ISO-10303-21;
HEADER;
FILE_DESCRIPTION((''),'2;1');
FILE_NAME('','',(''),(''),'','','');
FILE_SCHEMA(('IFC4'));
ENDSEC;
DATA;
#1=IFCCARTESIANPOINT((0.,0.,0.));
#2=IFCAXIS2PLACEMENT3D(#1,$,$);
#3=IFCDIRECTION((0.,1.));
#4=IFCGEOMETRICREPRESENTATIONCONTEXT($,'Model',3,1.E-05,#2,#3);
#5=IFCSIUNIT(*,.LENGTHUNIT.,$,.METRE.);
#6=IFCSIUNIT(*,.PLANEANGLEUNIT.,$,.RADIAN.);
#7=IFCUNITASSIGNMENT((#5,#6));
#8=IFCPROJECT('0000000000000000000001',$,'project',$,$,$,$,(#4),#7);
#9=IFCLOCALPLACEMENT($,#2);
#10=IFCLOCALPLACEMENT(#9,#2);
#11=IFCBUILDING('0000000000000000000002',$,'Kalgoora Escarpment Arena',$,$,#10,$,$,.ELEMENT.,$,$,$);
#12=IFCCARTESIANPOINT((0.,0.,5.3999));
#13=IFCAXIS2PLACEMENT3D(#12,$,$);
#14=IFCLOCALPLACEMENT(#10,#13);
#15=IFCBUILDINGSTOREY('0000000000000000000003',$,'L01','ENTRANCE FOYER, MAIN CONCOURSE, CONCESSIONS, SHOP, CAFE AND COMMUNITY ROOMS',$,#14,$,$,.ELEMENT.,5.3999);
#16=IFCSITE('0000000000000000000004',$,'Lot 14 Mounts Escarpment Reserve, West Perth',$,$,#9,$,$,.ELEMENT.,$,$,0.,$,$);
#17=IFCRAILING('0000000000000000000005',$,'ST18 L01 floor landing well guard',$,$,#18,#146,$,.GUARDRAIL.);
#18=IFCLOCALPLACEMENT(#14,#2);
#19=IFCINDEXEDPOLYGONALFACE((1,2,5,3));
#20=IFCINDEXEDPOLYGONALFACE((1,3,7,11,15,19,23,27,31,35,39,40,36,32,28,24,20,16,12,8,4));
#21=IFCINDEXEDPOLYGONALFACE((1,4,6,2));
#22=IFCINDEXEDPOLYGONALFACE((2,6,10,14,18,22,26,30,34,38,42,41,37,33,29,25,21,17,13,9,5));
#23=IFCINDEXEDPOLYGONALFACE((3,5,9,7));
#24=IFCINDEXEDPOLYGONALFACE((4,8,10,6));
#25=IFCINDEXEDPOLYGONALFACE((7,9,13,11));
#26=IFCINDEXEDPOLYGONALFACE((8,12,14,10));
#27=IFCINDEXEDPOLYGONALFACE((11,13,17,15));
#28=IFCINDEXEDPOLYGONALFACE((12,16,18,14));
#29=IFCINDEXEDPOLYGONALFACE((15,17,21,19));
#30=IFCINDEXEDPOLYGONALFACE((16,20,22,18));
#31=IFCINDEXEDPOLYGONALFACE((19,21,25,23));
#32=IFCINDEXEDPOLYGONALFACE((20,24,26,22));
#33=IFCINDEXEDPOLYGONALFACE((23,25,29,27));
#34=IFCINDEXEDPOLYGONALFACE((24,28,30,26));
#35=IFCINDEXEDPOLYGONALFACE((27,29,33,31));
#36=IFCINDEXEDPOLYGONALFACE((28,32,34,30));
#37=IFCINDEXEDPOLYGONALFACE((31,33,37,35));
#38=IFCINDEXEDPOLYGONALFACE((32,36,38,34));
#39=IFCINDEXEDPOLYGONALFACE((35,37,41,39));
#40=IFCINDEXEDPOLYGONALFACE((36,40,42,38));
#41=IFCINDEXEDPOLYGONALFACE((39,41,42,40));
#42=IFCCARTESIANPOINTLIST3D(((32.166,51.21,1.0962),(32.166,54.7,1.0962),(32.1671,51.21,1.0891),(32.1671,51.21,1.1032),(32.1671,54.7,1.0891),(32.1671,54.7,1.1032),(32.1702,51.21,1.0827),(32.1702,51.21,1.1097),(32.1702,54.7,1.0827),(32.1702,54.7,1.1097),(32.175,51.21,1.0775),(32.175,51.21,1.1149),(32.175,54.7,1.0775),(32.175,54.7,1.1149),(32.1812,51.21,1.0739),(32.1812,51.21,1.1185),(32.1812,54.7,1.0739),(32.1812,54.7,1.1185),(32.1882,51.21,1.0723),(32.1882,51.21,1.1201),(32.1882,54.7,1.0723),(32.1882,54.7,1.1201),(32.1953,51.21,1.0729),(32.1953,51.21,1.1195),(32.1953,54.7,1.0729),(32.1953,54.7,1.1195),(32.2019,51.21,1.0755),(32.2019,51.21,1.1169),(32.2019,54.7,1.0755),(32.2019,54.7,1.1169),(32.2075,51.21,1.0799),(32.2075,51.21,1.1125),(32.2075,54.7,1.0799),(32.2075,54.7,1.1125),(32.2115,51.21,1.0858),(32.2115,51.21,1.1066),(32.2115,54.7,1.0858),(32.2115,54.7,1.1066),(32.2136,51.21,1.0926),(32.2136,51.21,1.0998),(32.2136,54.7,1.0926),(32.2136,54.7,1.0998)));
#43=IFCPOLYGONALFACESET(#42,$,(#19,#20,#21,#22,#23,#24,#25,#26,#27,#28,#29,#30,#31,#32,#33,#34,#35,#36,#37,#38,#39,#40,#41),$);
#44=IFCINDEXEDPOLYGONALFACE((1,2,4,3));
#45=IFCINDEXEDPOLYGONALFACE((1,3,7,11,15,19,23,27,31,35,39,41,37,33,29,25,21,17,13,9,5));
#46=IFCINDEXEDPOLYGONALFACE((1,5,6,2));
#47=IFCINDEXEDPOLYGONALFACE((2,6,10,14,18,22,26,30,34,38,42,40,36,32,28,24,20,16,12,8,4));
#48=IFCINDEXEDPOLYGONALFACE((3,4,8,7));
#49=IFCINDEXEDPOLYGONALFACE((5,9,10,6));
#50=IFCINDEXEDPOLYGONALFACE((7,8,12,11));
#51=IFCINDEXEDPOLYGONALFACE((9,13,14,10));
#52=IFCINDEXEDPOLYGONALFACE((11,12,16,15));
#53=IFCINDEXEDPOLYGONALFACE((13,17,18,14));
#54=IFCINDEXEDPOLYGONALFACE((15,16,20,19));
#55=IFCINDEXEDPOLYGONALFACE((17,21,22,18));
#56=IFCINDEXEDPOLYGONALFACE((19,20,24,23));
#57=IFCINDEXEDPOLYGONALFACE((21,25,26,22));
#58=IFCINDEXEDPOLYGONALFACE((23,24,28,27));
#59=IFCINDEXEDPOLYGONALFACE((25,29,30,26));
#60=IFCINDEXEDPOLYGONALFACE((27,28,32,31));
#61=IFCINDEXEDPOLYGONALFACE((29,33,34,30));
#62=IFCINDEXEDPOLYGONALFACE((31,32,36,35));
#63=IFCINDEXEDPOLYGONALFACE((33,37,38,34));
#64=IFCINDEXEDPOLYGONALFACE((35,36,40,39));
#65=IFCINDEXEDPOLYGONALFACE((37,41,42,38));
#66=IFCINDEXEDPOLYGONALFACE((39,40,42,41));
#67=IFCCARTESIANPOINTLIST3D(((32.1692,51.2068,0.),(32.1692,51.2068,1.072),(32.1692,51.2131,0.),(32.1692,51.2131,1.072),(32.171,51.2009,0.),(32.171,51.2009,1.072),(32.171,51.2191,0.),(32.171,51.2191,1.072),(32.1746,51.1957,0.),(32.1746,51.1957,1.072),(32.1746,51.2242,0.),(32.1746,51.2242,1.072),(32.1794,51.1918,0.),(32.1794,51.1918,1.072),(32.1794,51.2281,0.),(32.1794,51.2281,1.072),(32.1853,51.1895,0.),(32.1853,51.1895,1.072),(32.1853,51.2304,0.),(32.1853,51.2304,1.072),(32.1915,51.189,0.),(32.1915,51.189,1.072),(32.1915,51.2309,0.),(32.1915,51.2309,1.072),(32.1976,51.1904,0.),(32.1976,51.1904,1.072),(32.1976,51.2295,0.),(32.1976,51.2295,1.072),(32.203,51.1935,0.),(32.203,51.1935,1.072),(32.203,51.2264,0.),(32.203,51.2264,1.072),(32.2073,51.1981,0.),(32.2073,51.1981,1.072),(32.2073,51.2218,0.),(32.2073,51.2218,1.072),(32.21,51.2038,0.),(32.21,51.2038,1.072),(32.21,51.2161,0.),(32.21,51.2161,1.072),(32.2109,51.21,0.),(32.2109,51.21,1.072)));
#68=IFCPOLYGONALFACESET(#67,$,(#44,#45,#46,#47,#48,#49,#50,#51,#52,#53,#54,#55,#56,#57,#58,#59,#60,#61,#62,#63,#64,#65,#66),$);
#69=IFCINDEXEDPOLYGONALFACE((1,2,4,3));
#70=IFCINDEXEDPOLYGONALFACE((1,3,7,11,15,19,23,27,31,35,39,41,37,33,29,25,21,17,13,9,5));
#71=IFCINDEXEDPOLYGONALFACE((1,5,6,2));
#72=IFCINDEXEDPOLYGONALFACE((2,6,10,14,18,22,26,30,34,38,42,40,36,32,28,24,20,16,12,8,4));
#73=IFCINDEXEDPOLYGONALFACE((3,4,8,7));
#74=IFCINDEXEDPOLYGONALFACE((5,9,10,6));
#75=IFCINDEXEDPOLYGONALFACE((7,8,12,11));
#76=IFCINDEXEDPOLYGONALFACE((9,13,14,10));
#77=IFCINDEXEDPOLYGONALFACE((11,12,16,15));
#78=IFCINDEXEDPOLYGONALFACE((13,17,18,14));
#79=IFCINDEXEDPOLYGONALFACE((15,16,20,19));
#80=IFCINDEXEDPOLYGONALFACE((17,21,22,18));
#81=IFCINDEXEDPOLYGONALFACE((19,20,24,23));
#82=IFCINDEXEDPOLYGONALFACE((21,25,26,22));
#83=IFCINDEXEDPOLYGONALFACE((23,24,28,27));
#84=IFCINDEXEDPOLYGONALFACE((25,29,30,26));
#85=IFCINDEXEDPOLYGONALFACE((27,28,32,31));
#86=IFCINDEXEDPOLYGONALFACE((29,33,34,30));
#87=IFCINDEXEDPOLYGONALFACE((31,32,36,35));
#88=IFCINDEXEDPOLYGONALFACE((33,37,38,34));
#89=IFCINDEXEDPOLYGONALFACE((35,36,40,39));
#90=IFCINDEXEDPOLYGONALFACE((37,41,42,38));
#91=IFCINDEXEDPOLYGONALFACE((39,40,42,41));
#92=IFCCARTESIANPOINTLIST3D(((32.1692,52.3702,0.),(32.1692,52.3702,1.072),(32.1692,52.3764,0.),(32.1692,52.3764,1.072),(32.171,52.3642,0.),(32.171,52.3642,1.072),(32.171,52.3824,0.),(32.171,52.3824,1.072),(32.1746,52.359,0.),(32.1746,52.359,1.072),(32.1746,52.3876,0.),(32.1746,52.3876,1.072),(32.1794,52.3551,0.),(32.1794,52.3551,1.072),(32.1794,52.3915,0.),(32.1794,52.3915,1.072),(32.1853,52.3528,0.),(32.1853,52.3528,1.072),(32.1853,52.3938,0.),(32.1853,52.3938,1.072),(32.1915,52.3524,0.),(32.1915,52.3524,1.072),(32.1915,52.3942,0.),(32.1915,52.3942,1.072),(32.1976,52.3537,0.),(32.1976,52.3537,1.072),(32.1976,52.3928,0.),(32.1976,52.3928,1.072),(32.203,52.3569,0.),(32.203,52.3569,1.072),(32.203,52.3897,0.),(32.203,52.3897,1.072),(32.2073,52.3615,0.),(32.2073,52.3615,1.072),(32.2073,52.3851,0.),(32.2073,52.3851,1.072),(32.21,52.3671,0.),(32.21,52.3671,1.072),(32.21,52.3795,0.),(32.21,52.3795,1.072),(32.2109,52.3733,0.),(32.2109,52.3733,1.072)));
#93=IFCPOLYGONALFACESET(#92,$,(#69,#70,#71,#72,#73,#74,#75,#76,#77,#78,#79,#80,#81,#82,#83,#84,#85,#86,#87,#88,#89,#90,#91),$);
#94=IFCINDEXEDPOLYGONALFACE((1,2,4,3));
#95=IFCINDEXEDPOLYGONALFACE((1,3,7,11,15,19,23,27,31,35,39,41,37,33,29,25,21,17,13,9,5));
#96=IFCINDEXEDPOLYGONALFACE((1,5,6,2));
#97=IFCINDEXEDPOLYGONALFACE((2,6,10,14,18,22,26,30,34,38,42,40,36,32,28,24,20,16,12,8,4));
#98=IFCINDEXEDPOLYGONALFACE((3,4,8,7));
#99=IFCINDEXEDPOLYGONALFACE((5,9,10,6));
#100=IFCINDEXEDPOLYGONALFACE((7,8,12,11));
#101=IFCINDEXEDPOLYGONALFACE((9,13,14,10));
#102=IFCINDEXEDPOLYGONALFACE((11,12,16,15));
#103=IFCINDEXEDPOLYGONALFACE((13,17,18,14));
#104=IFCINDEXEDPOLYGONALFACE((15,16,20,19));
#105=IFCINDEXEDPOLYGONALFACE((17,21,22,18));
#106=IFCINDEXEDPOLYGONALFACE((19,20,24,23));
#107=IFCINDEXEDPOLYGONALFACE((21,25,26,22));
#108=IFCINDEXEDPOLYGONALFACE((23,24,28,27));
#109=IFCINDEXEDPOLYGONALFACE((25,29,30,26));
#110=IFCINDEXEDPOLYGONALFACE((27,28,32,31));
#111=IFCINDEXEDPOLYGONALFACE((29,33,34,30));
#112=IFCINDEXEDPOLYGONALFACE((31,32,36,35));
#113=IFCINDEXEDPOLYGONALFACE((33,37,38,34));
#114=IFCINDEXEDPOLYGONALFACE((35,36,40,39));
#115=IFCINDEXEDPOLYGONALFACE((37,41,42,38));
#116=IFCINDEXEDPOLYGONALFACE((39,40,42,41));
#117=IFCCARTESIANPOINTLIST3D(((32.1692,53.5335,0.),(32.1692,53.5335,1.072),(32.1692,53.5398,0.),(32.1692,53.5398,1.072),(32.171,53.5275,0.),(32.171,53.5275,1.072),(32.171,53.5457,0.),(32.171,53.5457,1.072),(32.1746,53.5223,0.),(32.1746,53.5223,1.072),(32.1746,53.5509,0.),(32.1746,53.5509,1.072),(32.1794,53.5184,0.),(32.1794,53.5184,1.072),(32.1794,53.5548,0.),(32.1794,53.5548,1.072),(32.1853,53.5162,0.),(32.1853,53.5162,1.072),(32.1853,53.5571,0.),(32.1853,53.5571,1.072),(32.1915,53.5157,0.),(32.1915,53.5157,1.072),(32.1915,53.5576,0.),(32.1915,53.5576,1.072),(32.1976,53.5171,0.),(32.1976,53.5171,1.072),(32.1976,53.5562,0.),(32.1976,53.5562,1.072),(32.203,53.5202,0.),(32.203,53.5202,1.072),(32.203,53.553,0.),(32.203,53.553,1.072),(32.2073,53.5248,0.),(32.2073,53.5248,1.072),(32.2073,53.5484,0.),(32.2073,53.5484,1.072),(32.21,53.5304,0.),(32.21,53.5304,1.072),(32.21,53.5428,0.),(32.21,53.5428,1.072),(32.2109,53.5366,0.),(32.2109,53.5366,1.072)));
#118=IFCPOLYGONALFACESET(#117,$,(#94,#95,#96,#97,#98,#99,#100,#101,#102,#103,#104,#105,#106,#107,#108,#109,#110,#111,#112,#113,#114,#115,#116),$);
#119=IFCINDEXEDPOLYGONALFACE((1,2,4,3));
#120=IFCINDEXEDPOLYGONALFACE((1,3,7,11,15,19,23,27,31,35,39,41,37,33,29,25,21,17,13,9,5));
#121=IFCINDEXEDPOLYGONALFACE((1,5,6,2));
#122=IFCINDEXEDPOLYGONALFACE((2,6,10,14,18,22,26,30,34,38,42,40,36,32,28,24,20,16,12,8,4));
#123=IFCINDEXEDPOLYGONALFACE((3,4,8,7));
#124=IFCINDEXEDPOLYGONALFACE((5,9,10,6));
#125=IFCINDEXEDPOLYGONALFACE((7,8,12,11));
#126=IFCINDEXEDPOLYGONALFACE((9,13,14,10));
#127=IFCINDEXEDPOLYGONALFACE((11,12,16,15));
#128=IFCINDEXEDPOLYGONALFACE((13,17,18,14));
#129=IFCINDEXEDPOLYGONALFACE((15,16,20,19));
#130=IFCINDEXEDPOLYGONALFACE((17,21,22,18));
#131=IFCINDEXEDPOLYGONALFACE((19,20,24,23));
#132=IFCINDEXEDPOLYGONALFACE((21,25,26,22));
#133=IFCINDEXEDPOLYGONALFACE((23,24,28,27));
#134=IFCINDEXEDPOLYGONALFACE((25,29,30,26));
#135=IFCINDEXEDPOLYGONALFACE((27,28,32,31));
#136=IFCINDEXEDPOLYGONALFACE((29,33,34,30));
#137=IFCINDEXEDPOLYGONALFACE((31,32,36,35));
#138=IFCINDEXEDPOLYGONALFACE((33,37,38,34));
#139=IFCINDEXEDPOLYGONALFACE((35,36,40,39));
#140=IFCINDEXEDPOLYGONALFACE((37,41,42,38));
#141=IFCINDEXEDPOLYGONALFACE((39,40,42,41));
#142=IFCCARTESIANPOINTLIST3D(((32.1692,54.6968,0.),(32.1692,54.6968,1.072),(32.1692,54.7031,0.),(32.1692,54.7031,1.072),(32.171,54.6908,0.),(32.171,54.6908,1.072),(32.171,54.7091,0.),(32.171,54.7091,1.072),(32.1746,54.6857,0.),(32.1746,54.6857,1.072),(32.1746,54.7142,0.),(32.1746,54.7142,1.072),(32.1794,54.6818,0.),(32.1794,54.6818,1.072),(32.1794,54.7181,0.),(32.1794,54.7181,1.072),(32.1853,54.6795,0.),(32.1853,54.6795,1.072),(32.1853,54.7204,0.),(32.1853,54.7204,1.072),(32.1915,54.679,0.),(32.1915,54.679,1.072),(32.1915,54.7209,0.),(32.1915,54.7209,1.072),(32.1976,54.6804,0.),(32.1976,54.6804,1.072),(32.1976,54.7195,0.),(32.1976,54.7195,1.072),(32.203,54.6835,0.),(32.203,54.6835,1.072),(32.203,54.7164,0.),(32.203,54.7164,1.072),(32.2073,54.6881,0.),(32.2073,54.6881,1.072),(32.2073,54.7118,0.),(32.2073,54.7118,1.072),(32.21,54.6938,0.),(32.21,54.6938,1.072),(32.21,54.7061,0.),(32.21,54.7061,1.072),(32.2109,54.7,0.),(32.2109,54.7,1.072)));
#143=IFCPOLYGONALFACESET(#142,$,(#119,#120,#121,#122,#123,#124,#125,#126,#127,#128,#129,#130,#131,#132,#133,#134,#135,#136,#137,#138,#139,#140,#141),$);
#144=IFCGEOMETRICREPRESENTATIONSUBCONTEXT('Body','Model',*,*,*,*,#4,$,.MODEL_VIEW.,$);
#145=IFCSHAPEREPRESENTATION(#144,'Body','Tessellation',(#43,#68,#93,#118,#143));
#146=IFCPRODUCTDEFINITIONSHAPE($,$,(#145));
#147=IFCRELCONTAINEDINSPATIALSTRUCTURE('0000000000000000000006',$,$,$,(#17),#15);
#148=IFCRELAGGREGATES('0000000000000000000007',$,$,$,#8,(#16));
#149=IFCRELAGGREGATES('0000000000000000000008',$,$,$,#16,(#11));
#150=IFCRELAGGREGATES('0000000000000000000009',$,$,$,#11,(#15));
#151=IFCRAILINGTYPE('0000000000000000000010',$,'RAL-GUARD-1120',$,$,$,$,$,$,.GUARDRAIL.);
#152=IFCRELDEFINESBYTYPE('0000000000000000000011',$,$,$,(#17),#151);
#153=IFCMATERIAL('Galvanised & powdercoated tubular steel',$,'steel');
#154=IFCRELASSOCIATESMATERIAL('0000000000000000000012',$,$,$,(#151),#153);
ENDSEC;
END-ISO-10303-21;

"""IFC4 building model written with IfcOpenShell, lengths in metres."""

from ifc_helpers import new_model, si_unit, direction, frame, origin, origin_2d, place, context, subcontext, project, spatial, circle, extrude, material, type_object, element, save


model = new_model("IFC4")

# Units and contexts
model_context = context("Model", 3, precision=1e-05, world=origin(), true_north=direction((0.0, 1.0)))
body_context = subcontext(model_context, "Body", "Model", "MODEL_VIEW")
ifc_project = project(units=[si_unit("LENGTHUNIT", "METRE"), si_unit("PLANEANGLEUNIT", "RADIAN")], contexts=[model_context])

# Site, building, storey
site_placement = place(None, origin())
site = spatial("IfcSite", under=ifc_project, at=site_placement, Name="Lot 14 Mounts Escarpment Reserve, West Perth", CompositionType="ELEMENT", RefElevation=0.0)
building_placement = place(site_placement, origin())
building = spatial("IfcBuilding", under=site, at=building_placement, Name="Kalgoora Escarpment Arena", CompositionType="ELEMENT")
storey_placement = place(building_placement, frame((0.0, 0.0, 5.3999)))
storey = spatial("IfcBuildingStorey", under=building, at=storey_placement, Name="L01", Description="ENTRANCE FOYER, MAIN CONCOURSE, CONCESSIONS, SHOP, CAFE AND COMMUNITY ROOMS", CompositionType="ELEMENT", Elevation=5.3999)

# Railing
ifc_material_1 = material(Name="Galvanised & powdercoated tubular steel", Category="steel")
railing_type_1 = type_object("IfcRailingType", Name="RAL-GUARD-1120", PredefinedType="GUARDRAIL", material=ifc_material_1)
railing_1_placement = place(storey_placement, frame((32.1899, 51.21, 0.0)))
element("IfcRailing", 1, at=railing_1_placement, inside=storey, type_object=railing_type_1, Name="ST18 L01 floor landing well guard", PredefinedType="GUARDRAIL", context=body_context, shape_type="SweptSolid", body=[
    extrude(circle(Radius=0.0239, at=origin_2d()), frame((0.0, 0.0, 1.0962), z_axis=(0.0, 1.0, 0.0), x_axis=(-1.0, 0.0, 0.0)), (0.0, 0.0, 1.0), 3.49),
    extrude(circle(Radius=0.021, at=origin_2d()), origin(), (0.0, 0.0, 1.0), 1.072),
    extrude(circle(Radius=0.021, at=origin_2d()), frame((0.0, 1.1633, 0.0)), (0.0, 0.0, 1.0), 1.072),
    extrude(circle(Radius=0.021, at=origin_2d()), frame((0.0, 2.3267, 0.0)), (0.0, 0.0, 1.0), 1.072),
    extrude(circle(Radius=0.021, at=origin_2d()), frame((0.0, 3.49, 0.0)), (0.0, 0.0, 1.0), 1.072),
])

save(model, "model.ifc")
